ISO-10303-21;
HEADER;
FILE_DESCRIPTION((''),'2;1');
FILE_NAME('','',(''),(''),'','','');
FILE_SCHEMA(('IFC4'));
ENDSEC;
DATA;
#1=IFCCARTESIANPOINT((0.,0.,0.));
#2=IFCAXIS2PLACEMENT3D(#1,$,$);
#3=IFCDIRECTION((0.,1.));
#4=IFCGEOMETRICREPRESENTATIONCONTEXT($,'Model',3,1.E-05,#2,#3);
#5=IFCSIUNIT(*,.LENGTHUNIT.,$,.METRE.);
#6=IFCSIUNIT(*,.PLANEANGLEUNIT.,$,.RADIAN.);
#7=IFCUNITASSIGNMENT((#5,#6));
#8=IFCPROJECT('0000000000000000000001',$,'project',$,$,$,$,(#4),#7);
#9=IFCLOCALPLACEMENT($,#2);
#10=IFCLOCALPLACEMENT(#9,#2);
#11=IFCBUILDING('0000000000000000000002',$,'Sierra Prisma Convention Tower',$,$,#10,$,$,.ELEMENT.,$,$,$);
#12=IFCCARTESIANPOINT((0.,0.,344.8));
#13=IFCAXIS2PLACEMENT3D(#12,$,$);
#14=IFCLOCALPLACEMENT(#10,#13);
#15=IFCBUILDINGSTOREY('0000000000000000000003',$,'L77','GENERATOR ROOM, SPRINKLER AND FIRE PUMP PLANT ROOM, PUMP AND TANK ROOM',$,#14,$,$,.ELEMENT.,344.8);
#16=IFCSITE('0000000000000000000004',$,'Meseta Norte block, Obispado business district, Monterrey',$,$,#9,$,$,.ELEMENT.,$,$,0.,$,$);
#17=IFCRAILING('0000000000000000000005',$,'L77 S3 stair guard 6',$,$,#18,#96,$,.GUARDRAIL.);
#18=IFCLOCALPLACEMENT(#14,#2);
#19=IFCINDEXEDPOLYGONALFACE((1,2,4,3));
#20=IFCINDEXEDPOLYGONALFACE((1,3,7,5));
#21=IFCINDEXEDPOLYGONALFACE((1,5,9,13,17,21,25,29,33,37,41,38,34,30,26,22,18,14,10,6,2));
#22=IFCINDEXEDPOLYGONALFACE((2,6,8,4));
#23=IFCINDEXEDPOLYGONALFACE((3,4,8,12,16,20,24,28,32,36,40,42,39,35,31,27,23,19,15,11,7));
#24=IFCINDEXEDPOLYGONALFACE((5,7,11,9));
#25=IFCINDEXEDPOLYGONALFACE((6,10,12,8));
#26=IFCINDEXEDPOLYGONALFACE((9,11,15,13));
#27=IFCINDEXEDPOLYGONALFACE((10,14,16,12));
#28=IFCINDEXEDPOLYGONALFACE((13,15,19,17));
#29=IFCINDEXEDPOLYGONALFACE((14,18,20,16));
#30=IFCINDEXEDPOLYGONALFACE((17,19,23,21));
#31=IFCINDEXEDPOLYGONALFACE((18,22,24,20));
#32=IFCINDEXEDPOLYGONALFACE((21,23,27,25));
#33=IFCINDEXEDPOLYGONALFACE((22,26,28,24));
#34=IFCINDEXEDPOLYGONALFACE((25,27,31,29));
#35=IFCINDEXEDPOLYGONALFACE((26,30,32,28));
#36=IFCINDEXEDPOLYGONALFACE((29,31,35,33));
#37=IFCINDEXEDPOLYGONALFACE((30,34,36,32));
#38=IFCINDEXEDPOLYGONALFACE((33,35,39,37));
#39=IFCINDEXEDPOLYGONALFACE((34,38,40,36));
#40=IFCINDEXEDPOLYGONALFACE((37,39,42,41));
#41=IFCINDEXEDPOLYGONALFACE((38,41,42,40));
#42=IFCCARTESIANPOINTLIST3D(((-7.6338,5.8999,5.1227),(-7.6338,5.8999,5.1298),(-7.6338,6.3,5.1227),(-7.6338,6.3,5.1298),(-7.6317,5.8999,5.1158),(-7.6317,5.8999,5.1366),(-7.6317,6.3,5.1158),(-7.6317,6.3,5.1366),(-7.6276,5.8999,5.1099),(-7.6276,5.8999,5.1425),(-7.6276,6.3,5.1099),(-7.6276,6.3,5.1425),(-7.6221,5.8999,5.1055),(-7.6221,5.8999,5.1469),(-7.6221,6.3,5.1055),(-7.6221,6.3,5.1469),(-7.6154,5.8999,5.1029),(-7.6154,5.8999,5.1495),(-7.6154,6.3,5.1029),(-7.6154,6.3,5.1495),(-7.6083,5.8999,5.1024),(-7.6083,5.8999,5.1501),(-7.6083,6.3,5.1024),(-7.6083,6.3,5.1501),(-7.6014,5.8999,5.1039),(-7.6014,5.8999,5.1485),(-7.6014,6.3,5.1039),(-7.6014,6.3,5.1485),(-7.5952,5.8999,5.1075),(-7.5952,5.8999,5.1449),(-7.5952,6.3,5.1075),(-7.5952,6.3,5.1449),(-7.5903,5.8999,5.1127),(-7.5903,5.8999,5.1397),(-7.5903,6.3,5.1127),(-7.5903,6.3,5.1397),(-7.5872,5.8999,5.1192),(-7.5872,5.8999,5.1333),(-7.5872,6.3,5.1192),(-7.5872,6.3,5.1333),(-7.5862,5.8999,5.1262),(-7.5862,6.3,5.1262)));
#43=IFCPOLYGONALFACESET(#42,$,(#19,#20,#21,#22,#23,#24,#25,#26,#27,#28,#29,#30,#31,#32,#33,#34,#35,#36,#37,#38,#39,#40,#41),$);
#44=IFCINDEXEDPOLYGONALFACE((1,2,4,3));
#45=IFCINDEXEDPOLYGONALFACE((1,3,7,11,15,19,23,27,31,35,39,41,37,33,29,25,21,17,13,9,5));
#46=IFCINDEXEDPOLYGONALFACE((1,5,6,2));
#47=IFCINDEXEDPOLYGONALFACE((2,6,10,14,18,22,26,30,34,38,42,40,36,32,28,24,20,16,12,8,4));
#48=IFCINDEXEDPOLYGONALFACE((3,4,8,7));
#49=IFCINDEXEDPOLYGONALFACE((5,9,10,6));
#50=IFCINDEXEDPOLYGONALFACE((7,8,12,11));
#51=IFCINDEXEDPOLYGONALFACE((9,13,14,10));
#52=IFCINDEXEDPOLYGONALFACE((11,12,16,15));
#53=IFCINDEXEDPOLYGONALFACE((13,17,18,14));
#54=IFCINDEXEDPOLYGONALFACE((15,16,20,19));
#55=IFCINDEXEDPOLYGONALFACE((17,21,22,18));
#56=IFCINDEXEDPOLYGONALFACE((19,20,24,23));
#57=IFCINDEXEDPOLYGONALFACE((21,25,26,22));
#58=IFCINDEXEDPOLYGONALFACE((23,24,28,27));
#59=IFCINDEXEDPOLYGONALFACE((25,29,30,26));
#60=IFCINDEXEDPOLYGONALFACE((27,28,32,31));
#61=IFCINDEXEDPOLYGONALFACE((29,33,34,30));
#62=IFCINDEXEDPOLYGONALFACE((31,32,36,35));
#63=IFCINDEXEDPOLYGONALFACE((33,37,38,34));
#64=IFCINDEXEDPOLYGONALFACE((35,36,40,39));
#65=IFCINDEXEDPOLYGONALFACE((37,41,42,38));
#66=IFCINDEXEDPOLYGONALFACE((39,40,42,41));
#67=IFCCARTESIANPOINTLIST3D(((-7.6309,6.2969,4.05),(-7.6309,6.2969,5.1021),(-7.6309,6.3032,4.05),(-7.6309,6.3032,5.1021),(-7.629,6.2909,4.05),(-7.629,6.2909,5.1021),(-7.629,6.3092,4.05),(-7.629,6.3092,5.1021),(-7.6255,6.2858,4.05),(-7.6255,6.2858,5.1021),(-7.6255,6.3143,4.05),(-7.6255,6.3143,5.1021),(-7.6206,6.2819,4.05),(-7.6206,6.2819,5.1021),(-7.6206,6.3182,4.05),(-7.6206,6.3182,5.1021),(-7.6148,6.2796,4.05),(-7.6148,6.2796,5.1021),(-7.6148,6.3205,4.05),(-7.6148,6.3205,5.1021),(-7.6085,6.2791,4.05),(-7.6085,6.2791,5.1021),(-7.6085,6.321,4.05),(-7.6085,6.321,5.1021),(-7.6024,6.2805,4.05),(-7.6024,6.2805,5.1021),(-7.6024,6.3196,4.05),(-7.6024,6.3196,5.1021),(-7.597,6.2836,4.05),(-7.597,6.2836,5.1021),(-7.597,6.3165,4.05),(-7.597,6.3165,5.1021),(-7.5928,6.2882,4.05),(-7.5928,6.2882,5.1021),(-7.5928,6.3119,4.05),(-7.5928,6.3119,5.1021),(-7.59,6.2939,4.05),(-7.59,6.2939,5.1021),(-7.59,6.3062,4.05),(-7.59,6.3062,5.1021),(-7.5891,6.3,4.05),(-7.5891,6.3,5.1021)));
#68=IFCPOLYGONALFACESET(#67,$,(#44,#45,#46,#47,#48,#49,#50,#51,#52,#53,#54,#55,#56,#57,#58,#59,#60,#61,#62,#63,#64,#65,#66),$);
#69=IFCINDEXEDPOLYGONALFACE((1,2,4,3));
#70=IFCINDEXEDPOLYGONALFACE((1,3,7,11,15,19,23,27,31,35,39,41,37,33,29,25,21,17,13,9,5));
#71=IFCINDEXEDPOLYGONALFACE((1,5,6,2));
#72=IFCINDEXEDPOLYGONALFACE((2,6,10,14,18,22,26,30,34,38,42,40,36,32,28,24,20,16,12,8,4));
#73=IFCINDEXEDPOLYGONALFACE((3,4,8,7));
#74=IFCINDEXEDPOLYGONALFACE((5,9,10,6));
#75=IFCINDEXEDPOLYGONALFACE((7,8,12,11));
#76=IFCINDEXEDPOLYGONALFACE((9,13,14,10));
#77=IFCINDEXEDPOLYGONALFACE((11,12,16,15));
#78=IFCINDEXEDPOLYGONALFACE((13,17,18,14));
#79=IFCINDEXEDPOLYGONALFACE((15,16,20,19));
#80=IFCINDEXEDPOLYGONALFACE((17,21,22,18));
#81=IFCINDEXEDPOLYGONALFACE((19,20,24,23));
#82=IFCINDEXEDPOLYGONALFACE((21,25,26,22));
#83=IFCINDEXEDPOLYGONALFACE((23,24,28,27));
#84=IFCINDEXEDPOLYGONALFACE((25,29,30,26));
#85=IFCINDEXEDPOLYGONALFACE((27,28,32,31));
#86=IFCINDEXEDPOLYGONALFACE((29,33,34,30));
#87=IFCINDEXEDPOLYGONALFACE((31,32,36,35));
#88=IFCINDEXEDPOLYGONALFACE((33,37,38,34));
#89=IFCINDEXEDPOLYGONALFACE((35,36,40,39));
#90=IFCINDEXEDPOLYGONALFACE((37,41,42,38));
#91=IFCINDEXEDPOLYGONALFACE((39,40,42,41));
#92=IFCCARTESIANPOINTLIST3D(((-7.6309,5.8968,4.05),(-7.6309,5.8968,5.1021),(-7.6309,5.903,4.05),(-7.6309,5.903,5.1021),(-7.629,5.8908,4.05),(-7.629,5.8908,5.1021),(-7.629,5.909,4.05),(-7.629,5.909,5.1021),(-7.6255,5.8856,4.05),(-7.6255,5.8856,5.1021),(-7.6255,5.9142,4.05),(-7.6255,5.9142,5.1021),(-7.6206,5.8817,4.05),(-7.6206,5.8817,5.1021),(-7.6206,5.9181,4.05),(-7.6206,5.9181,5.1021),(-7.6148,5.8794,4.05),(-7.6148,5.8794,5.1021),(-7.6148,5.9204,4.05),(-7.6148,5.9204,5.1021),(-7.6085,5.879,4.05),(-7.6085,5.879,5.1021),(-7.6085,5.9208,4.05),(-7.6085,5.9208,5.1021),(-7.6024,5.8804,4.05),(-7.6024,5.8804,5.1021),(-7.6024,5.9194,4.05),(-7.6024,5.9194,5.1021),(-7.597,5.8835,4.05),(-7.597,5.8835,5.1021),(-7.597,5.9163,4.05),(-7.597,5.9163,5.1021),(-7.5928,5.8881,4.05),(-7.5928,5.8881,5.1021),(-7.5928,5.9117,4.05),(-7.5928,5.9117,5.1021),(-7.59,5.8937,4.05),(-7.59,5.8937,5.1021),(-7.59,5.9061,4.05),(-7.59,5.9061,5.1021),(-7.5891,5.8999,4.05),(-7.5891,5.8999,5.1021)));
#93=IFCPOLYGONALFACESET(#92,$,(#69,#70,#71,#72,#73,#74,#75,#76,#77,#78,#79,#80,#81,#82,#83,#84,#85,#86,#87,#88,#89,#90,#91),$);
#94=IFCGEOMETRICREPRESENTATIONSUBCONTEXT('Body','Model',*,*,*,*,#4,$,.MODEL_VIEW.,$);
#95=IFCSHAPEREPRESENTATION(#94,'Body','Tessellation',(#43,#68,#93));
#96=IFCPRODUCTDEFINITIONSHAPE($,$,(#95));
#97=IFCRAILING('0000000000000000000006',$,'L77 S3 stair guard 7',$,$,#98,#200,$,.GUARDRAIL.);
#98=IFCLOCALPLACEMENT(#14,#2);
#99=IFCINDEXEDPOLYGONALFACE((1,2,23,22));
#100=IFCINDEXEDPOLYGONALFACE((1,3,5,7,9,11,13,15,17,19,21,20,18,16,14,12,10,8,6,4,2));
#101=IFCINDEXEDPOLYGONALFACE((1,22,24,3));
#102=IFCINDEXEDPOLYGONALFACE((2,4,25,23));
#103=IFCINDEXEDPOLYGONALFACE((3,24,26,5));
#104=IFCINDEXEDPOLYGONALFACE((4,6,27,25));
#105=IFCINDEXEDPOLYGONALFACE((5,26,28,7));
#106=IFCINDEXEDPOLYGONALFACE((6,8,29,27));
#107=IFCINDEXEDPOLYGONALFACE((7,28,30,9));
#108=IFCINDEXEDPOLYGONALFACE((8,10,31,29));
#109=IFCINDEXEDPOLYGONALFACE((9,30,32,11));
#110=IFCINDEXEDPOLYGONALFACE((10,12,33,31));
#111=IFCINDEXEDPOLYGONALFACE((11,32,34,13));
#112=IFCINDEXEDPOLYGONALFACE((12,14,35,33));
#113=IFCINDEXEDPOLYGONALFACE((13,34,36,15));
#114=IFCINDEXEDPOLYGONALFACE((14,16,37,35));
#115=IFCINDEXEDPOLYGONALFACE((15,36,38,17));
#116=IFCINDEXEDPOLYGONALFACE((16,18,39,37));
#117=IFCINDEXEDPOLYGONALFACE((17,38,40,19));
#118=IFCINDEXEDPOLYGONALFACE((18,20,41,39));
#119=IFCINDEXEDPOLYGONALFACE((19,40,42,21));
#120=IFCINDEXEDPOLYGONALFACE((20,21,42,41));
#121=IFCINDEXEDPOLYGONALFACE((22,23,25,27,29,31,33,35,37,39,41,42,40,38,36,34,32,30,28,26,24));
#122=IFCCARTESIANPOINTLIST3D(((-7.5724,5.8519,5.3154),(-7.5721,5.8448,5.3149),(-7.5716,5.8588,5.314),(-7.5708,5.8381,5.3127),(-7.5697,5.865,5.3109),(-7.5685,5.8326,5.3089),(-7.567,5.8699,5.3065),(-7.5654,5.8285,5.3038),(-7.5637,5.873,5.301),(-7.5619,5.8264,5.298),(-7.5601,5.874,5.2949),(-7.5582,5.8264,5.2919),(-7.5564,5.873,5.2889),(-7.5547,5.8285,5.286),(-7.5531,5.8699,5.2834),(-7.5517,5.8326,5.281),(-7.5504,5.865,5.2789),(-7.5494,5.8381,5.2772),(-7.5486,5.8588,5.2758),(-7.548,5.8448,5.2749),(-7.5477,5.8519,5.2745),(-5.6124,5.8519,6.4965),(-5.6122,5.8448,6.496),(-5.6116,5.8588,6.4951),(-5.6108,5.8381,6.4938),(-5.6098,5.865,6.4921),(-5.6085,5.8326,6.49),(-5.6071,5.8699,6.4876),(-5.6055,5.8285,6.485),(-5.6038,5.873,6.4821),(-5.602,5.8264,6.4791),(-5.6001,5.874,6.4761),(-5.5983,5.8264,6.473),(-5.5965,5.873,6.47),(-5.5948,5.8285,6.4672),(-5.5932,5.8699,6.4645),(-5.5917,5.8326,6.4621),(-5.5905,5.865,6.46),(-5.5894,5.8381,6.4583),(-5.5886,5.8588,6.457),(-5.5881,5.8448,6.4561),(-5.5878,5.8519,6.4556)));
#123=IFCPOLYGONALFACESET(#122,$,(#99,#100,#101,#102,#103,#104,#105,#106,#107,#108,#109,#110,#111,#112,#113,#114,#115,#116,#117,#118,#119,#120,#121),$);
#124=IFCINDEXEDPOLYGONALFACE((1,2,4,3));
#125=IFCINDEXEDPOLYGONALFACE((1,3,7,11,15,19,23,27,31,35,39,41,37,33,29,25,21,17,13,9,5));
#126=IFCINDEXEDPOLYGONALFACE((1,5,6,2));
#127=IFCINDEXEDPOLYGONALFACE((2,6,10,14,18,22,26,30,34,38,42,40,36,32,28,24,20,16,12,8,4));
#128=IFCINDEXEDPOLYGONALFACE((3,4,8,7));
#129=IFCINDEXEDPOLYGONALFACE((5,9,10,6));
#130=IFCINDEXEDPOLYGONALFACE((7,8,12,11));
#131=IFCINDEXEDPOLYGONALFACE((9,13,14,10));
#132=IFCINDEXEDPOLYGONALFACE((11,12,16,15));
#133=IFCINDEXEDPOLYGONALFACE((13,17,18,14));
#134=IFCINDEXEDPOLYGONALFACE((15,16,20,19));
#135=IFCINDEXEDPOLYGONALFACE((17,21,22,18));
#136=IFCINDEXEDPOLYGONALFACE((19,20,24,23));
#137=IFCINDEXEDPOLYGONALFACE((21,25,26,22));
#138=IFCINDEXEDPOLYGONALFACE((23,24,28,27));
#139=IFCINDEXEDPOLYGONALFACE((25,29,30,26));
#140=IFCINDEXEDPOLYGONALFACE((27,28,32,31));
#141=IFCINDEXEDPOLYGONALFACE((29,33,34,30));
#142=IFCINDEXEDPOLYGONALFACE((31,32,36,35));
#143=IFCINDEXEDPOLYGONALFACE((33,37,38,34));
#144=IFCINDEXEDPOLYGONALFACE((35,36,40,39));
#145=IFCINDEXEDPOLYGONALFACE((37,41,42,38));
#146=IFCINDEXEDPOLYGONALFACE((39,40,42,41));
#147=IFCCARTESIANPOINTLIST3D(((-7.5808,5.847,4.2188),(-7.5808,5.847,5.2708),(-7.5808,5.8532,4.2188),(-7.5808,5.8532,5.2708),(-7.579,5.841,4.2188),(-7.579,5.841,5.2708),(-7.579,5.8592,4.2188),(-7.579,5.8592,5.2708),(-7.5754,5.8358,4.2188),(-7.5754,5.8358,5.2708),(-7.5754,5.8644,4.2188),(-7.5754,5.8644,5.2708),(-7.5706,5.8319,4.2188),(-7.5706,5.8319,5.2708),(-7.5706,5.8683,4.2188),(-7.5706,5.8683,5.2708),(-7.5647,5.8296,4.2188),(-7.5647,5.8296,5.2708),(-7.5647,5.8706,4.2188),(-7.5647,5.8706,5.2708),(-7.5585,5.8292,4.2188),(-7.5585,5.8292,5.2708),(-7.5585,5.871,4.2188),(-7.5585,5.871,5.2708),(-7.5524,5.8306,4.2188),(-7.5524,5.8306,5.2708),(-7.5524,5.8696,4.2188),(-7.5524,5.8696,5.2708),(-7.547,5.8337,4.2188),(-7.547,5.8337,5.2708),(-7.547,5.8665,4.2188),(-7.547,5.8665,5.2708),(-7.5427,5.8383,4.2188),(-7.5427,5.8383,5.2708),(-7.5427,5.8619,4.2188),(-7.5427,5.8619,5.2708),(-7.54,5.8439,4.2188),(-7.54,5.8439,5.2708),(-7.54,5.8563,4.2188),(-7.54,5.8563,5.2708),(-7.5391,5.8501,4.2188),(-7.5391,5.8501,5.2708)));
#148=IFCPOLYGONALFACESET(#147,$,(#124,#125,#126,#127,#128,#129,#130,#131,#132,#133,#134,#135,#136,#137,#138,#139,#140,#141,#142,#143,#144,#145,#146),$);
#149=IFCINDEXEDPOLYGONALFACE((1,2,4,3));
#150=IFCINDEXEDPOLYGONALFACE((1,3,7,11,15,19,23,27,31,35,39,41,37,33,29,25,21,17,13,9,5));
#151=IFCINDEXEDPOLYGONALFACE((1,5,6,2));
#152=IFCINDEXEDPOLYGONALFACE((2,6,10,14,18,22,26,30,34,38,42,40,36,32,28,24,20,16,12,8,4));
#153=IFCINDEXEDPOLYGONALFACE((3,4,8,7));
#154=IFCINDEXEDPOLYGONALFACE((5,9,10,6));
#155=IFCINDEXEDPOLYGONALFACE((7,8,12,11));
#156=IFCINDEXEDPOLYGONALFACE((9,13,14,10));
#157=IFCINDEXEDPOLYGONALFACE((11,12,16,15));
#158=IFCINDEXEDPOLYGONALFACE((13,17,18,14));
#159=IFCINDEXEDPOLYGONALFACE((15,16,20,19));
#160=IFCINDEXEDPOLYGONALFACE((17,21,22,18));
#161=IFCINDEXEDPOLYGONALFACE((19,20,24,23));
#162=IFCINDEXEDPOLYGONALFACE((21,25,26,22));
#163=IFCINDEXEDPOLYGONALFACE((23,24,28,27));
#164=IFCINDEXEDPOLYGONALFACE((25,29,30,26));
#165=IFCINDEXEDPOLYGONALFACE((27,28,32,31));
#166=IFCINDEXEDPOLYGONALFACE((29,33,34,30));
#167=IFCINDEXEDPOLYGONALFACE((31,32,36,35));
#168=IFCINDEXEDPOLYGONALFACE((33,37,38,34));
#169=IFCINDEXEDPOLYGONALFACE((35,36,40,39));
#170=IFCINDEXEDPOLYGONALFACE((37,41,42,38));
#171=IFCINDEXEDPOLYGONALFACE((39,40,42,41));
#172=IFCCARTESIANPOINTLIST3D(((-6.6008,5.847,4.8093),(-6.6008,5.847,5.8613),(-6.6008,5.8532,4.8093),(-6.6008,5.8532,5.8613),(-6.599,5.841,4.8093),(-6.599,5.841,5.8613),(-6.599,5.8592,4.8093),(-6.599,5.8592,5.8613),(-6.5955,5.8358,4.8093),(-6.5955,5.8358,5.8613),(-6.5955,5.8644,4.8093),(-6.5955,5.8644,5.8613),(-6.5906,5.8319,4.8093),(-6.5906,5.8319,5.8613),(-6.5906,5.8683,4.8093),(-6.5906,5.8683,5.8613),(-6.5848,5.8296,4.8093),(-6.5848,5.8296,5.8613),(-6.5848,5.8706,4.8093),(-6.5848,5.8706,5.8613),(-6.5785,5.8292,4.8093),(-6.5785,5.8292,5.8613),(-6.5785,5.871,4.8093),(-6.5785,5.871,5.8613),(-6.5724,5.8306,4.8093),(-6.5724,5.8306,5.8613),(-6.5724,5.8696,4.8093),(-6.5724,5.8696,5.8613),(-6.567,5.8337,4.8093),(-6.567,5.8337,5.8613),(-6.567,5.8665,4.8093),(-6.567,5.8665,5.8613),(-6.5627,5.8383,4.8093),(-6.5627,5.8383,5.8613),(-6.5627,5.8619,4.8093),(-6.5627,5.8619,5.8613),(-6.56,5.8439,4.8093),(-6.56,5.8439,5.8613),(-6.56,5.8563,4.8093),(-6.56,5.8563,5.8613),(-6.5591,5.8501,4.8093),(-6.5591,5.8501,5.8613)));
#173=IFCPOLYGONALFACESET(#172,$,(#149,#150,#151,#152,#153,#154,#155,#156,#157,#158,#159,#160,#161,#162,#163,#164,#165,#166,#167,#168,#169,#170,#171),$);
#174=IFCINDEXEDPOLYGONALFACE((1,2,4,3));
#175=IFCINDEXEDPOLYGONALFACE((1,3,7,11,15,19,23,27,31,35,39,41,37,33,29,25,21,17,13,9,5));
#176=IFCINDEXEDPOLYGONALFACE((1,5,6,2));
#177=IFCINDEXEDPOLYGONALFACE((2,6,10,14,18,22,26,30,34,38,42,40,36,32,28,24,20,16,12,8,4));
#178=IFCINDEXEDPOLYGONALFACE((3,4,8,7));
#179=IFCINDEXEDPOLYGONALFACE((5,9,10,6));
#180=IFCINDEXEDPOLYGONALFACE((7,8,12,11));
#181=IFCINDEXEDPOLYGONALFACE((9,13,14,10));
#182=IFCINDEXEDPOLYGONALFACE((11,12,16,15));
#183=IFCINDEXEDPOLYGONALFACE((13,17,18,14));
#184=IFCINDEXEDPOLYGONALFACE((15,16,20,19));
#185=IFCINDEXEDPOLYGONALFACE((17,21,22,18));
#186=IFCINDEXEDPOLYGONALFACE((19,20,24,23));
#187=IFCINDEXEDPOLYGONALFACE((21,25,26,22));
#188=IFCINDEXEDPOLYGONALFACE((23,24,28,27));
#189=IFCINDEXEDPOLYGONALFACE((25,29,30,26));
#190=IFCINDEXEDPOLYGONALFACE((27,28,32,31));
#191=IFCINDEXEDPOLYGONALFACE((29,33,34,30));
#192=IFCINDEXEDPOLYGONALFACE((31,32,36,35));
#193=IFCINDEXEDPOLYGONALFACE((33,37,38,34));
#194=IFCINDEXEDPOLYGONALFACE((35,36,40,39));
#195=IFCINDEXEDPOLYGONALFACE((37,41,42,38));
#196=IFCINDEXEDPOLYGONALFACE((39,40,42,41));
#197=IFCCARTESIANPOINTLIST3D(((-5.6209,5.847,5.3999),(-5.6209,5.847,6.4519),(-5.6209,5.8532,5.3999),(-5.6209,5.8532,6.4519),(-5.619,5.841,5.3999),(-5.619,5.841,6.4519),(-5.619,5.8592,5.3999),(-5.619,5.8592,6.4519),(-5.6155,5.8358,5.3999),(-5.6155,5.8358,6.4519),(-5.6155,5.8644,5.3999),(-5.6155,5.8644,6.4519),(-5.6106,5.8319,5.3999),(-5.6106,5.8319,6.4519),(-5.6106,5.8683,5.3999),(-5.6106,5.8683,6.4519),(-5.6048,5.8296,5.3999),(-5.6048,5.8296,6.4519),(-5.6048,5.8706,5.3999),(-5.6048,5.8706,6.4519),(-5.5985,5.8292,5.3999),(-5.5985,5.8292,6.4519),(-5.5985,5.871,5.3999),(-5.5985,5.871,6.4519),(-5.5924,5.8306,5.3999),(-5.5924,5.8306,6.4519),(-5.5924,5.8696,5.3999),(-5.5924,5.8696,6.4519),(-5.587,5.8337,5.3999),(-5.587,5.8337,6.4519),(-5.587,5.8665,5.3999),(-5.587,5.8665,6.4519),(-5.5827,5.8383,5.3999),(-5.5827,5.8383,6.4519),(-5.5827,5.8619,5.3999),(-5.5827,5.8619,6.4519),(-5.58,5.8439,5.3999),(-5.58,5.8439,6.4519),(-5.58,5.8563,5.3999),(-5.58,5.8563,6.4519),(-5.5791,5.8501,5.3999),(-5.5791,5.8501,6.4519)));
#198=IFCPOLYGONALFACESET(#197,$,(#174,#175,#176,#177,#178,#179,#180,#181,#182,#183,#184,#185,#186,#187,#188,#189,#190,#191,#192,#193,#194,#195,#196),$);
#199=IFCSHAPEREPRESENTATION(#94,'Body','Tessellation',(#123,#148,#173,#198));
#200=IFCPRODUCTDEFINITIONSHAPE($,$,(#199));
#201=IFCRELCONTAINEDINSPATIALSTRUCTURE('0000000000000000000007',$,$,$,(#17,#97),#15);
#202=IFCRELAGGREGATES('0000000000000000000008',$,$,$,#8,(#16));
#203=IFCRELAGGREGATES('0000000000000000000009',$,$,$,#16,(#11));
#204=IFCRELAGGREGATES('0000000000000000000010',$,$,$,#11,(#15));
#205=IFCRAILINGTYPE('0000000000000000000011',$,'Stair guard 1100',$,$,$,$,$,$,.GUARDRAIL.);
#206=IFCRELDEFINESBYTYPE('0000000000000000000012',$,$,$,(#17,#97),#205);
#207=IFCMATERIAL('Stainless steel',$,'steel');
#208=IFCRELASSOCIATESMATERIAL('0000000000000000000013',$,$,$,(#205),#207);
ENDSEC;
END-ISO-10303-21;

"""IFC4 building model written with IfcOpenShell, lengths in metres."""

from ifc_helpers import new_model, si_unit, direction, frame, origin, origin_2d, place, context, subcontext, project, spatial, circle, extrude, material, type_object, element, save


model = new_model("IFC4")

# Units and contexts
model_context = context("Model", 3, precision=1e-05, world=origin(), true_north=direction((0.0, 1.0)))
body_context = subcontext(model_context, "Body", "Model", "MODEL_VIEW")
ifc_project = project(units=[si_unit("LENGTHUNIT", "METRE"), si_unit("PLANEANGLEUNIT", "RADIAN")], contexts=[model_context])

# Site, building, storey
site_placement = place(None, origin())
site = spatial("IfcSite", under=ifc_project, at=site_placement, Name="Meseta Norte block, Obispado business district, Monterrey", CompositionType="ELEMENT", RefElevation=0.0)
building_placement = place(site_placement, origin())
building = spatial("IfcBuilding", under=site, at=building_placement, Name="Sierra Prisma Convention Tower", CompositionType="ELEMENT")
storey_placement = place(building_placement, frame((0.0, 0.0, 344.8)))
storey = spatial("IfcBuildingStorey", under=building, at=storey_placement, Name="L77", Description="GENERATOR ROOM, SPRINKLER AND FIRE PUMP PLANT ROOM, PUMP AND TANK ROOM", CompositionType="ELEMENT", Elevation=344.8)

# Railings
ifc_material_1 = material(Name="Stainless steel", Category="steel")
railing_type_1 = type_object("IfcRailingType", Name="Stair guard 1100", PredefinedType="GUARDRAIL", material=ifc_material_1)
railing_1_placement = place(storey_placement, frame((-7.6101, 6.3, 4.05)))
element("IfcRailing", 1, at=railing_1_placement, inside=storey, type_object=railing_type_1, Name="L77 S3 stair guard 6", PredefinedType="GUARDRAIL", context=body_context, shape_type="SweptSolid", body=[
    extrude(circle(Radius=0.0239, at=origin_2d()), frame((0.0, 0.0, 1.0762), z_axis=(0.0, -1.0, 0.0), x_axis=(1.0, 0.0, 0.0)), (0.0, 0.0, 1.0), 0.4001),
    extrude(circle(Radius=0.021, at=origin_2d()), origin(), (0.0, 0.0, 1.0), 1.052),
    extrude(circle(Radius=0.021, at=origin_2d()), frame((0.0, -0.4001, 0.0)), (0.0, 0.0, 1.0), 1.052),
])
railing_2_placement = place(storey_placement, frame((-7.5601, 5.8501, 4.2188)))
element("IfcRailing", 2, at=railing_2_placement, inside=storey, type_object=railing_type_1, Name="L77 S3 stair guard 7", PredefinedType="GUARDRAIL", context=body_context, shape_type="SweptSolid", body=[
    extrude(circle(Radius=0.0239, at=origin_2d()), frame((0.0, 0.0, 1.0762), z_axis=(0.856493, 0.0, 0.516158), x_axis=(0.0, 1.0, 0.0)), (0.0, 0.0, 1.0), 2.2883),
    extrude(circle(Radius=0.021, at=origin_2d()), origin(), (0.0, 0.0, 1.0), 1.052),
    extrude(circle(Radius=0.021, at=origin_2d()), frame((0.98, 0.0, 0.5906)), (0.0, 0.0, 1.0), 1.052),
    extrude(circle(Radius=0.021, at=origin_2d()), frame((1.96, 0.0, 1.1812)), (0.0, 0.0, 1.0), 1.052),
])

save(model, "model.ifc")
